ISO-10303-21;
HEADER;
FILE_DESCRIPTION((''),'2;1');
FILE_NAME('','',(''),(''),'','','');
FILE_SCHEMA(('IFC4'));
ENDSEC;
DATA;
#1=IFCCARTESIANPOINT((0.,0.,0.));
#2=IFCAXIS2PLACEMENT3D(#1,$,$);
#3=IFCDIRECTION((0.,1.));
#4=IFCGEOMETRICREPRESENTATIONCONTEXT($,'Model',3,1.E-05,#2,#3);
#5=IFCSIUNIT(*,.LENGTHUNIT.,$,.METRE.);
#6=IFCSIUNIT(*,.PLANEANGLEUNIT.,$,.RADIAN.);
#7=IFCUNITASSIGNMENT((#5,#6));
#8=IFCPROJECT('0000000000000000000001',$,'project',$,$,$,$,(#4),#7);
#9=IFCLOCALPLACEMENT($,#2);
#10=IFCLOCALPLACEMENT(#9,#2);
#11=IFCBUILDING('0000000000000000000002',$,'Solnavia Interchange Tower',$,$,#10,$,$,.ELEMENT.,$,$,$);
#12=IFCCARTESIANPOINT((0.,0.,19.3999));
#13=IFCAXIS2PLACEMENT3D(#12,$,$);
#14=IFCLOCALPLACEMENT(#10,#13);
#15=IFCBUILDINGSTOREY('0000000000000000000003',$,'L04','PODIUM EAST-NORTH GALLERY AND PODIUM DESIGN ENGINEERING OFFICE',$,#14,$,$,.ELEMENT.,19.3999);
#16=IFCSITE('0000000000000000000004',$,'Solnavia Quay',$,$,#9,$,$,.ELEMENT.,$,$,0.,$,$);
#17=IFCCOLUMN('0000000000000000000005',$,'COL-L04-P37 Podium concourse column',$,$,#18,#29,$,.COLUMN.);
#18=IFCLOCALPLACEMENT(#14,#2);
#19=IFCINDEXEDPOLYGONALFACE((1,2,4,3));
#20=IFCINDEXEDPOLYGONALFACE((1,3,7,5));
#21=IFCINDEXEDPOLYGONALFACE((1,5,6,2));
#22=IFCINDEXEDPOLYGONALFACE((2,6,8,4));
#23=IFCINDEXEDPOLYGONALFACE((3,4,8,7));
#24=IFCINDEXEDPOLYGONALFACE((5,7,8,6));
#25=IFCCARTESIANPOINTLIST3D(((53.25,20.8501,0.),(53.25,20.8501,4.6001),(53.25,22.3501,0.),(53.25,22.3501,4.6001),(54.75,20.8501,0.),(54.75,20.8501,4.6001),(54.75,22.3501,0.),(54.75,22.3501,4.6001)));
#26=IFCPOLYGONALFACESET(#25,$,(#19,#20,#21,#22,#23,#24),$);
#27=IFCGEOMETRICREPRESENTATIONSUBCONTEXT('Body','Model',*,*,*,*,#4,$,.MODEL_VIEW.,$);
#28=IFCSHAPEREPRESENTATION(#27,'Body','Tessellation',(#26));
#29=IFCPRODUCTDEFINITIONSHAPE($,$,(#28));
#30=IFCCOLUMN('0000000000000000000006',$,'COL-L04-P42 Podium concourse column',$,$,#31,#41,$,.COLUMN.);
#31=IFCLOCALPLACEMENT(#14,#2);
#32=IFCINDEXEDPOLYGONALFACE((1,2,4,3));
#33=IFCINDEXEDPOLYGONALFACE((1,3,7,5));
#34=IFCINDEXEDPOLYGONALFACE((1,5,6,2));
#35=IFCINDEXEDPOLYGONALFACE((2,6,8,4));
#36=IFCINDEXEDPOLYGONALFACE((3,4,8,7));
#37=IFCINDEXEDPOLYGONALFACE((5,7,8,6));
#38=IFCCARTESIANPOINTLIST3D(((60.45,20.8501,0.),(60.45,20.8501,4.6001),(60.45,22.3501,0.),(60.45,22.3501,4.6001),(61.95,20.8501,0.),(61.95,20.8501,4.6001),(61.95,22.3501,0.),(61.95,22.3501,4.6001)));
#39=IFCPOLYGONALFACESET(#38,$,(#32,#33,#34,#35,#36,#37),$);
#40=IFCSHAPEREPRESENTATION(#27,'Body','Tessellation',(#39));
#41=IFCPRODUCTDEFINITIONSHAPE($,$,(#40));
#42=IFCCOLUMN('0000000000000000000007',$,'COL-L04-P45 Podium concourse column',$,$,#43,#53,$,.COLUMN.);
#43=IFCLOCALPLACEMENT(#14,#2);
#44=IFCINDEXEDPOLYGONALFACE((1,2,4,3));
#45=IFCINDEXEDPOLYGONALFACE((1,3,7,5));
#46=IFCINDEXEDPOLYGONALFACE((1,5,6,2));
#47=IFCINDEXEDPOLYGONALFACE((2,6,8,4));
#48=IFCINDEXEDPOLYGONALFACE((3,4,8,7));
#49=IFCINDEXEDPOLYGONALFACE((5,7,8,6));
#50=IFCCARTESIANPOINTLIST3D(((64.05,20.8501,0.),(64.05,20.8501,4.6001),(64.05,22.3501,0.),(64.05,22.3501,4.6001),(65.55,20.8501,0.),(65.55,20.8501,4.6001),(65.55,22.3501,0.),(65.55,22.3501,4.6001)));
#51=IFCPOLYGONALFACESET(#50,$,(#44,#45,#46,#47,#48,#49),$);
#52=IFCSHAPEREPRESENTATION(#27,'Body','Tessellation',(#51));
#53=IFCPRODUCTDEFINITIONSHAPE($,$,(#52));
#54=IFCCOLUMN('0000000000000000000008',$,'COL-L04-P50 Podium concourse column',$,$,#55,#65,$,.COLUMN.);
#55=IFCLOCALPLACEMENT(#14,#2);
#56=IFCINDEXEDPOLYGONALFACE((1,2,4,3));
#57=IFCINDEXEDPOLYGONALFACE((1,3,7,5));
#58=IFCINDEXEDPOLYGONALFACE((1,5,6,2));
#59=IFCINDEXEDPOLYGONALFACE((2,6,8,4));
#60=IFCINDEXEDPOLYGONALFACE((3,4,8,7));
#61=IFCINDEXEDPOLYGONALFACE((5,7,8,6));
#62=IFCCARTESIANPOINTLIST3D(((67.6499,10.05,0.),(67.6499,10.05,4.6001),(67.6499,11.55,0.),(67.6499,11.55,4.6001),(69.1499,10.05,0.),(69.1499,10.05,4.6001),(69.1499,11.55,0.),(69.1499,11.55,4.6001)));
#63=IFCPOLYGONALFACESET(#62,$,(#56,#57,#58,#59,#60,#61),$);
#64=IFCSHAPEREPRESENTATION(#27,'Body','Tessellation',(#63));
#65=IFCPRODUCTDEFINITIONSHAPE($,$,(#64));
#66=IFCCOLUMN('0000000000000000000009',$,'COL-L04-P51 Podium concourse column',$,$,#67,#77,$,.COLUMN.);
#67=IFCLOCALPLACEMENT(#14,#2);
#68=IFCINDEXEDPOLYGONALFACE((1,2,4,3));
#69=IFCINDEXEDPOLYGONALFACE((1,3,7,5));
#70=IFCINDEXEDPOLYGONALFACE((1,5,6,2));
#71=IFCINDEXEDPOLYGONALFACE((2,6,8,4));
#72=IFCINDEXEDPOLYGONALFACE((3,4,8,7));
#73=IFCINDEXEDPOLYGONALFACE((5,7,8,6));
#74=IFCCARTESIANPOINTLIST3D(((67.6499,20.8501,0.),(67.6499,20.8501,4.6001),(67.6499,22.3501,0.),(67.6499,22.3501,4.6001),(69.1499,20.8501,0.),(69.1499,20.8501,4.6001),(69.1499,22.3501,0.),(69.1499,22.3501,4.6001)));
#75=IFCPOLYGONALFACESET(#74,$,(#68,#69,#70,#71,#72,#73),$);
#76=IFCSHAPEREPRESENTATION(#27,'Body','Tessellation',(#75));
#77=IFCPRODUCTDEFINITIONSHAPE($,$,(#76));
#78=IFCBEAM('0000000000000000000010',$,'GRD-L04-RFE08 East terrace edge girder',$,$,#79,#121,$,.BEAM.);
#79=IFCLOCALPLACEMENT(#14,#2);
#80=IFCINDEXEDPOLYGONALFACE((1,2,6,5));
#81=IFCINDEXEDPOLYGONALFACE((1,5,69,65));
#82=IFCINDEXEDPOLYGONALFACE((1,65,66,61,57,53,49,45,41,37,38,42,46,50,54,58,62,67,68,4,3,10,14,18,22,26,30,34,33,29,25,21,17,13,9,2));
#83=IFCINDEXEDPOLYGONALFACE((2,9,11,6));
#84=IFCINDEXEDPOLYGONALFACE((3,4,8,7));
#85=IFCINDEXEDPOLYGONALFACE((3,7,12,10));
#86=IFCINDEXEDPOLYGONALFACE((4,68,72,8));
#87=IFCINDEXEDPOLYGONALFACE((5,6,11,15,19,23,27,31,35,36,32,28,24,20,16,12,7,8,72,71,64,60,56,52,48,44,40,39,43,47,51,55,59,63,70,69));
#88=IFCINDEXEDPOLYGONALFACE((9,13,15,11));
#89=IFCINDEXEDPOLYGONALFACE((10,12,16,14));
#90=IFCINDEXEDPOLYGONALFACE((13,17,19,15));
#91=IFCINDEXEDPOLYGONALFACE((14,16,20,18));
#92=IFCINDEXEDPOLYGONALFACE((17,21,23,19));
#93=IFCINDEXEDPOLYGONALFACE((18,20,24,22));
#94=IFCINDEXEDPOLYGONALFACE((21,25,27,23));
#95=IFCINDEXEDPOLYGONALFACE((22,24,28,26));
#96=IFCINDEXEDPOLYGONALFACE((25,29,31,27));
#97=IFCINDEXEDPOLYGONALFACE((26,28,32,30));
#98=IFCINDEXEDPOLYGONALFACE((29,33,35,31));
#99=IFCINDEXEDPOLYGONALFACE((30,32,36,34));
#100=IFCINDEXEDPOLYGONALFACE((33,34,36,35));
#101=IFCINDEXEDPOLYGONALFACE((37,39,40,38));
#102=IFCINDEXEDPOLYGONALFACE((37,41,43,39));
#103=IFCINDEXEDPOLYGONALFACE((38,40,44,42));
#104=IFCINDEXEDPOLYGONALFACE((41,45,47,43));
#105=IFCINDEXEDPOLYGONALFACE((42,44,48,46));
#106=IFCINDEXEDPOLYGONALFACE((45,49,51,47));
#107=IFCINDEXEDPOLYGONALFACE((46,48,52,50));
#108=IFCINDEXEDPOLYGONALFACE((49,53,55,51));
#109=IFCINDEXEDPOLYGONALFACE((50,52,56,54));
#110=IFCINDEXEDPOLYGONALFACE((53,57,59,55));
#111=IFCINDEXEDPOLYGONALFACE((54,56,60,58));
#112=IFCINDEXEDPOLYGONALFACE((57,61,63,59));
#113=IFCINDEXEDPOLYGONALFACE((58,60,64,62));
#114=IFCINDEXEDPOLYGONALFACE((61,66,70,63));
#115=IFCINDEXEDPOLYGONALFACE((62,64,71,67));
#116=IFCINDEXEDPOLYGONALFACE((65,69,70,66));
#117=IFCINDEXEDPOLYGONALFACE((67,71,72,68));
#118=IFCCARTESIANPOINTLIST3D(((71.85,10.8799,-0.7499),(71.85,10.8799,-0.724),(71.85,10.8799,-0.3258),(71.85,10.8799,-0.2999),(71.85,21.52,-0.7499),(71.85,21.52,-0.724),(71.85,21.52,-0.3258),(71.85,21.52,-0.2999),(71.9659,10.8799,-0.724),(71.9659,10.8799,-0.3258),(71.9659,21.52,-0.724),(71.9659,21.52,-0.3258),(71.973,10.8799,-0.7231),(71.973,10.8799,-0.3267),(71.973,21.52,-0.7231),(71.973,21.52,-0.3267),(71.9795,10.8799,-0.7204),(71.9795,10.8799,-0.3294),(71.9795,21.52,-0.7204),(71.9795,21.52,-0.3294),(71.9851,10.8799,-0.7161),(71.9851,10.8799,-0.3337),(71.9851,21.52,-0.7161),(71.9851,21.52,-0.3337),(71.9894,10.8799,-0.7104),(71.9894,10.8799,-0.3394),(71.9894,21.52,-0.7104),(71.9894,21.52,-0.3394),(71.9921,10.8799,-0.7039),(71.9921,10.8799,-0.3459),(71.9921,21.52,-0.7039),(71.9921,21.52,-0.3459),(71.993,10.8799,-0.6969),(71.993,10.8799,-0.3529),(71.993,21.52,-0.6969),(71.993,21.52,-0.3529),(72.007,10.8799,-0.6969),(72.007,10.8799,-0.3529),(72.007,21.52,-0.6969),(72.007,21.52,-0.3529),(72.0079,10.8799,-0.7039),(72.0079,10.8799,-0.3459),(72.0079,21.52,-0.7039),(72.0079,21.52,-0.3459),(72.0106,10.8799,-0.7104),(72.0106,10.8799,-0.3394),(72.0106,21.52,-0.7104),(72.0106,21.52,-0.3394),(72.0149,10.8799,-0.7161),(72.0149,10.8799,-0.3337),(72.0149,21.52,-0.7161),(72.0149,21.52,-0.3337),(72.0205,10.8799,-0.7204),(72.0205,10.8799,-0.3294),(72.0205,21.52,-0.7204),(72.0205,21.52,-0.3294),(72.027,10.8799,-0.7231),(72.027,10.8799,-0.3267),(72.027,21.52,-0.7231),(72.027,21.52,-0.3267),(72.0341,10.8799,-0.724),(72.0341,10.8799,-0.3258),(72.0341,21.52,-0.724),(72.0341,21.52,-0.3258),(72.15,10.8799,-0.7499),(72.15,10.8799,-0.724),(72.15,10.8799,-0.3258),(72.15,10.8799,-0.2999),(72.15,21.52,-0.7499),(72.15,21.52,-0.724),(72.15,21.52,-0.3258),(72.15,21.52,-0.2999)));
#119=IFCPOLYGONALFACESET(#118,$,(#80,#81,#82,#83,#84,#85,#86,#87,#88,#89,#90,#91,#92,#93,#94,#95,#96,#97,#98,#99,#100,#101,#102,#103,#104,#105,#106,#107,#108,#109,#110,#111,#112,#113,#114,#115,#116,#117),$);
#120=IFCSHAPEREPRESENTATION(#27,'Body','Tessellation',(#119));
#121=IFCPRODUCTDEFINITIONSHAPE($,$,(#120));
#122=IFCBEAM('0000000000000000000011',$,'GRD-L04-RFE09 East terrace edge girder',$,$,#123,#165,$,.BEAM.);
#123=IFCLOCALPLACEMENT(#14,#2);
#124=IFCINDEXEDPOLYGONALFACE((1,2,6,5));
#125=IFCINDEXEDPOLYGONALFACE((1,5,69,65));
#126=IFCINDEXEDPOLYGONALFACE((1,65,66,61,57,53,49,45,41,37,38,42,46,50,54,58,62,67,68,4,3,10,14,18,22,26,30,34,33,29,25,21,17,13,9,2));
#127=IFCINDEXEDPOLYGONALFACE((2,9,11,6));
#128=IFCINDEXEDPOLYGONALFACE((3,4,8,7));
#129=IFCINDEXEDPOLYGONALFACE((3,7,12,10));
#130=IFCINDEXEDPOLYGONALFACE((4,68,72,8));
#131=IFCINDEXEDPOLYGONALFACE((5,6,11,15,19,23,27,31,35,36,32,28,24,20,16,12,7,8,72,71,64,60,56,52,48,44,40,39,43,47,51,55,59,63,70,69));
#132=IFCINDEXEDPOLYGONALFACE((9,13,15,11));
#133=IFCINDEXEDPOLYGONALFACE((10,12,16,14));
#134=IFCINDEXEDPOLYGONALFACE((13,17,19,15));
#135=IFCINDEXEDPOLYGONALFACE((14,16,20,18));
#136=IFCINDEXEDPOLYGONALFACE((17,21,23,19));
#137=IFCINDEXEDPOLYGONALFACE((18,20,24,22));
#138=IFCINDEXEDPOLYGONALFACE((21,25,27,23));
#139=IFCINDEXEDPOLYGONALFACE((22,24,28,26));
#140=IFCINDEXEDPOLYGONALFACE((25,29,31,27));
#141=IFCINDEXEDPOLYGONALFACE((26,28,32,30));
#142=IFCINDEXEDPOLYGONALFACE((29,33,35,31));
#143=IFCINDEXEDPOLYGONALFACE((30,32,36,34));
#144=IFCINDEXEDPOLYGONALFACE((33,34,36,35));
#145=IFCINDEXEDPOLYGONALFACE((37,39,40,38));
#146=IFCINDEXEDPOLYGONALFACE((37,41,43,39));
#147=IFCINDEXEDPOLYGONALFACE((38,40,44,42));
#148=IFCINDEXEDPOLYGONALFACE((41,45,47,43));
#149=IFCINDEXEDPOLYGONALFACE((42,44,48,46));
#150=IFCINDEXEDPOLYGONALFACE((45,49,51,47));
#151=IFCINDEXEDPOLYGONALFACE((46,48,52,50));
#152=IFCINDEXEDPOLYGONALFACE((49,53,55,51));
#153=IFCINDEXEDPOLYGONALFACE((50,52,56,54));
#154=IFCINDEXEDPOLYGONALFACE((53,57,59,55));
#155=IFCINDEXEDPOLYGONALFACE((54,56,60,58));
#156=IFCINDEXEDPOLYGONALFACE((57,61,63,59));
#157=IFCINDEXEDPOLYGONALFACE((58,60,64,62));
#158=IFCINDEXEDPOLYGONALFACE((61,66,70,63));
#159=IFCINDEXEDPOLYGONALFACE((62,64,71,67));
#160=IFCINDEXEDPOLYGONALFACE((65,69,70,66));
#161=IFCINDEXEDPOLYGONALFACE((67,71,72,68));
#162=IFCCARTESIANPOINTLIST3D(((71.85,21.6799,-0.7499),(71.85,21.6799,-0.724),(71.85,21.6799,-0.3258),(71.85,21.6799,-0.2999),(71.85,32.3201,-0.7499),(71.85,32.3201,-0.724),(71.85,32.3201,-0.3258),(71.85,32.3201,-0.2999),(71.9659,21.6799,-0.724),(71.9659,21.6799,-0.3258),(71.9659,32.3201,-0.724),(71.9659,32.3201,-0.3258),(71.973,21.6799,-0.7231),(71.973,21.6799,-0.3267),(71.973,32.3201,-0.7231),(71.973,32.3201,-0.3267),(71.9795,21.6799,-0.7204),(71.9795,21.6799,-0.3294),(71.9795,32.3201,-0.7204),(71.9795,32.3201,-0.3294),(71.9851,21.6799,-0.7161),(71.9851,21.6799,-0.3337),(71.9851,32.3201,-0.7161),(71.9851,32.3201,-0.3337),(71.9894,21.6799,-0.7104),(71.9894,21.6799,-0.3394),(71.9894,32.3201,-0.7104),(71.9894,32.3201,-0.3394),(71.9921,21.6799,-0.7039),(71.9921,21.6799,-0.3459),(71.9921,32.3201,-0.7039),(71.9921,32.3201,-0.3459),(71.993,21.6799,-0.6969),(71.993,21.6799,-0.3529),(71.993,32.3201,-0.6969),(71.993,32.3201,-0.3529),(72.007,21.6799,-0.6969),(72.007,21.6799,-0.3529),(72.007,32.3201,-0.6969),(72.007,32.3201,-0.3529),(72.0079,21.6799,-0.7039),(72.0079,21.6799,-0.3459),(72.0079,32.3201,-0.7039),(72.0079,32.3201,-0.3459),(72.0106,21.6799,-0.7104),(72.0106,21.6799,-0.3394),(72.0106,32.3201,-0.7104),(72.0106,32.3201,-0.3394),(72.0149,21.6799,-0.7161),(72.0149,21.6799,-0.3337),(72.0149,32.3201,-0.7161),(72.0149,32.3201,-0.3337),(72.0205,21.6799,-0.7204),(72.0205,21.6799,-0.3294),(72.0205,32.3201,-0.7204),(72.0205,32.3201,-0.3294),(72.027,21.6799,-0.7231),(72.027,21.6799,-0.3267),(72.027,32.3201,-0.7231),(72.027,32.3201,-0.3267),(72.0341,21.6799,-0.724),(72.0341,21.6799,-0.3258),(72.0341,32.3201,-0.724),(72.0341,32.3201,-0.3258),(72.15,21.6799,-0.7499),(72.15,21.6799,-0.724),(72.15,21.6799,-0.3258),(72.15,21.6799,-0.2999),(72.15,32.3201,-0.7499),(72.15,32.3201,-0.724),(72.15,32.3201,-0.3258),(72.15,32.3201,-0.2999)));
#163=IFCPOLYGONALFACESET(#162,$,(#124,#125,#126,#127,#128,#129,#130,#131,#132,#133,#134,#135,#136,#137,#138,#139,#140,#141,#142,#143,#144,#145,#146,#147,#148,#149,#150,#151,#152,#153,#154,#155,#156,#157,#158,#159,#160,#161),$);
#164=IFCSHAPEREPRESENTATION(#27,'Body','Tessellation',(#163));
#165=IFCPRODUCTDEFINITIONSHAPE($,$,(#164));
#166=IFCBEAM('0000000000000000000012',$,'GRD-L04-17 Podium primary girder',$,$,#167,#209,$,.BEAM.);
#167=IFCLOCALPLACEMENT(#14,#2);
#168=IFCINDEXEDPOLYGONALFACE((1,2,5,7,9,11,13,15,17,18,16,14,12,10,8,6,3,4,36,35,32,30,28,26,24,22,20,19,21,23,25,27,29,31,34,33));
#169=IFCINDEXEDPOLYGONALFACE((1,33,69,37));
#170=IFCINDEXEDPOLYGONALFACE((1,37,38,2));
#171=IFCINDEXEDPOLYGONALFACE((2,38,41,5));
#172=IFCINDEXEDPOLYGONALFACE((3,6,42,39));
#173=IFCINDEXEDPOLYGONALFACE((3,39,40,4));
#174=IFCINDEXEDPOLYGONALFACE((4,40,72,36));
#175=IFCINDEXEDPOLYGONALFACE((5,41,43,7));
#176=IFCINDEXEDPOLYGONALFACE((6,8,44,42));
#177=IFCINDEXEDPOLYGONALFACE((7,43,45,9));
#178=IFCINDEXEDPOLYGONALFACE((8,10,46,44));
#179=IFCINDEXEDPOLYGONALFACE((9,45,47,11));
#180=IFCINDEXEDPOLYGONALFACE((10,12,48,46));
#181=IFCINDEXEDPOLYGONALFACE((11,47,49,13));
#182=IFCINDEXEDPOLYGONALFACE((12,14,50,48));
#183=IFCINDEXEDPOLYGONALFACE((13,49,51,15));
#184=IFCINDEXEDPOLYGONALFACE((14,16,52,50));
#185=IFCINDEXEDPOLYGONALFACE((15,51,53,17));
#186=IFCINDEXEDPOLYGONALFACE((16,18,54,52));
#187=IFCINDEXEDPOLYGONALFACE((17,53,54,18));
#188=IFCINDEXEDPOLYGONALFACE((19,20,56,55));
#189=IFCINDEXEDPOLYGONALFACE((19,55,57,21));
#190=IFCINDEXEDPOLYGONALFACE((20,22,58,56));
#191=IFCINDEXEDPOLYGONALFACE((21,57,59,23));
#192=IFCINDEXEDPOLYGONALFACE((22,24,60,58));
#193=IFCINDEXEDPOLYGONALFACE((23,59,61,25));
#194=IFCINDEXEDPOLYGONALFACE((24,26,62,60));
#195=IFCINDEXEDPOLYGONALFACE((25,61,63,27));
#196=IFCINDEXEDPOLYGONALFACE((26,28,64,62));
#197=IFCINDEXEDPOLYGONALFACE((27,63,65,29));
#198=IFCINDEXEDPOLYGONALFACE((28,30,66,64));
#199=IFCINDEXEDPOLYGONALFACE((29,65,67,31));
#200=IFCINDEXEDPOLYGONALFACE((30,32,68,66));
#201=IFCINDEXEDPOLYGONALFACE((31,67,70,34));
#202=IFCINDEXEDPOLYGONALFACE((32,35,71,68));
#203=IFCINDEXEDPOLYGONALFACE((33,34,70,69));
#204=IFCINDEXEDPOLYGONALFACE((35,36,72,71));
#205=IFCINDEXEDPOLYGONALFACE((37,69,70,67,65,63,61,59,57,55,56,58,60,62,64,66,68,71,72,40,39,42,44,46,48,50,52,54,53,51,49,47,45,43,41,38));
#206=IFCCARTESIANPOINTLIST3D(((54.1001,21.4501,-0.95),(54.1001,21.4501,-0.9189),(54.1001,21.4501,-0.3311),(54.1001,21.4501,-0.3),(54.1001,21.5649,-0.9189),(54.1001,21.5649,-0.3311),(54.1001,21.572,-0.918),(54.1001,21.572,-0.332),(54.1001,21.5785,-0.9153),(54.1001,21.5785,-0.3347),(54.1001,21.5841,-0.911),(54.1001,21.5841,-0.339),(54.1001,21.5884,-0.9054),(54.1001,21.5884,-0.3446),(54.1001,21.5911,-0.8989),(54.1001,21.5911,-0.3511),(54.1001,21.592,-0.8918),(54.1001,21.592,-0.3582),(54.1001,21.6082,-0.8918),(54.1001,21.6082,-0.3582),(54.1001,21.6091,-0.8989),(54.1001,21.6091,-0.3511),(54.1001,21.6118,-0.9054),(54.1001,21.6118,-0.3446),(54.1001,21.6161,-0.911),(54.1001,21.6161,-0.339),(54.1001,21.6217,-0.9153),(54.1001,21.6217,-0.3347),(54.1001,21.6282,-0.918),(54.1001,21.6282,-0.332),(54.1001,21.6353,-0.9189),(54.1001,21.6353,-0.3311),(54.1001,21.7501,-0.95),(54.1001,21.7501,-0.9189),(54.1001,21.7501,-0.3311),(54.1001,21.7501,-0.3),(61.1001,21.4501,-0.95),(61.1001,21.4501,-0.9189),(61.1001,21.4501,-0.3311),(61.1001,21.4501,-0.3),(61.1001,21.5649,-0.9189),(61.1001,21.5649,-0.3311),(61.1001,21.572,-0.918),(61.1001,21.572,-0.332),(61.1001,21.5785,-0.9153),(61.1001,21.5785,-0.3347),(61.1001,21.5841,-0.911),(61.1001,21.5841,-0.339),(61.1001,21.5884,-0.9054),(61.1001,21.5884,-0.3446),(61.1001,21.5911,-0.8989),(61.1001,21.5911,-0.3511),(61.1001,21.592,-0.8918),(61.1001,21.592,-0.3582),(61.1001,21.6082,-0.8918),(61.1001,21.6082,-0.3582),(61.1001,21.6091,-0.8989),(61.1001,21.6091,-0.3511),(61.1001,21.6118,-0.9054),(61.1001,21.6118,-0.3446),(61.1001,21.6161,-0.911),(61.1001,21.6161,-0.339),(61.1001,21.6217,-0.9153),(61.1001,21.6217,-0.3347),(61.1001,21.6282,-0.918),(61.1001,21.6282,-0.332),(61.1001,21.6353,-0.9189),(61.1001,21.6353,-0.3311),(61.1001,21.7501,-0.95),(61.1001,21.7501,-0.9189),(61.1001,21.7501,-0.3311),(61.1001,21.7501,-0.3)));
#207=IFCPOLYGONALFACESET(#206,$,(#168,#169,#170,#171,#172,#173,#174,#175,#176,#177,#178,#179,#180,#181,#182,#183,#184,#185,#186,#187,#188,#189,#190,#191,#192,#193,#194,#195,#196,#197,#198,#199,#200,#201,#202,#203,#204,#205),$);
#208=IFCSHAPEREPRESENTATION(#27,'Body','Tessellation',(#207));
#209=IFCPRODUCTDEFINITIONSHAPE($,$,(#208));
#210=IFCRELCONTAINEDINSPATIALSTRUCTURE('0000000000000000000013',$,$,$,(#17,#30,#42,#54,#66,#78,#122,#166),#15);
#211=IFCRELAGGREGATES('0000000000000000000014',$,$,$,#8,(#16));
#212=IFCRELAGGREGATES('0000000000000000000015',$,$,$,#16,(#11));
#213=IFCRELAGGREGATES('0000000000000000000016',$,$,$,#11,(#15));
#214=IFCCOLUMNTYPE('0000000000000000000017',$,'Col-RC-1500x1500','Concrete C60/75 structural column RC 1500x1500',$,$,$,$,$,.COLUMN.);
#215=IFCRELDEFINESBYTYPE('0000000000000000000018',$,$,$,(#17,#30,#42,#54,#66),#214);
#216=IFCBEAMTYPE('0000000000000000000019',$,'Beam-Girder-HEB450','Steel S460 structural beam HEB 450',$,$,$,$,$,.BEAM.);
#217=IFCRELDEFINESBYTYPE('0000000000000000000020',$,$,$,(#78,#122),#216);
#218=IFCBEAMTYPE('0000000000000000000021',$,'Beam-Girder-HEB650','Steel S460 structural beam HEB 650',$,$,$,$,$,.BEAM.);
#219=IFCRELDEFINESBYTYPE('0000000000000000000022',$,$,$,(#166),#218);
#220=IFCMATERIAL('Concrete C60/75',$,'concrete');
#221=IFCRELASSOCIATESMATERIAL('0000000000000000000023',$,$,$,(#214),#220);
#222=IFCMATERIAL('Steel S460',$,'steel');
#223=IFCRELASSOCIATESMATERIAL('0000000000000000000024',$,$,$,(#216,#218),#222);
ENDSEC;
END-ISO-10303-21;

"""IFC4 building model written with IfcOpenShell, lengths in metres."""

from ifc_helpers import new_model, si_unit, direction, frame, origin, origin_2d, place, context, subcontext, project, spatial, rectangle, i_section, extrude, material, material_profile, profile_set, type_object, element, save


model = new_model("IFC4")

# Units and contexts
model_context = context("Model", 3, precision=1e-05, world=origin(), true_north=direction((0.0, 1.0)))
body_context = subcontext(model_context, "Body", "Model", "MODEL_VIEW")
ifc_project = project(units=[si_unit("LENGTHUNIT", "METRE"), si_unit("PLANEANGLEUNIT", "RADIAN")], contexts=[model_context])

# Site, building, storey
site_placement = place(None, origin())
site = spatial("IfcSite", under=ifc_project, at=site_placement, Name="Solnavia Quay", CompositionType="ELEMENT", RefElevation=0.0)
building_placement = place(site_placement, origin())
building = spatial("IfcBuilding", under=site, at=building_placement, Name="Solnavia Interchange Tower", CompositionType="ELEMENT")
storey_placement = place(building_placement, frame((0.0, 0.0, 19.3999)))
storey = spatial("IfcBuildingStorey", under=building, at=storey_placement, Name="L04", Description="PODIUM EAST-NORTH GALLERY AND PODIUM DESIGN ENGINEERING OFFICE", CompositionType="ELEMENT", Elevation=19.3999)

# Columns
ifc_material_1 = material(Name="Concrete C60/75", Category="concrete")
ifc_material_profile_1 = material_profile(ifc_material_1, rectangle(XDim=1.5, YDim=1.5, at=origin_2d()), Name="RC 1500x1500")
ifc_profile_set_1 = profile_set([ifc_material_profile_1], Name="Concrete C60/75")
column_type = type_object("IfcColumnType", Name="Col-RC-1500x1500", Description="Concrete C60/75 structural column RC 1500x1500", PredefinedType="COLUMN", material=ifc_profile_set_1)
for number, where, z_axis, x_axis, name in (
    (1, (54.0, 21.6001, 0.0), (0.0, 0.0, 1.0), (1.0, 0.0, 0.0), "COL-L04-P37 Podium concourse column"),
    (2, (61.2, 21.6001, 0.0), (0.0, 0.0, 1.0), (1.0, 0.0, 0.0), "COL-L04-P42 Podium concourse column"),
    (3, (64.8, 21.6001, 0.0), (0.0, 0.0, 1.0), (1.0, 0.0, 0.0), "COL-L04-P45 Podium concourse column"),
    (4, (68.3999, 10.8, 0.0), (0.0, 0.0, 1.0), (1.0, 0.0, 0.0), "COL-L04-P50 Podium concourse column"),
    (5, (68.3999, 21.6001, 0.0), (0.0, 0.0, 1.0), (1.0, 0.0, 0.0), "COL-L04-P51 Podium concourse column"),
):
    element("IfcColumn", number, at=place(storey_placement, frame(where, z_axis=z_axis, x_axis=x_axis)), inside=storey, type_object=column_type, Name=name, PredefinedType="COLUMN", context=body_context, shape_type="SweptSolid", body=[
        extrude(rectangle(XDim=1.5, YDim=1.5, at=origin_2d()), origin(), (0.0, 0.0, 1.0), 4.6001),
    ])

# Beams
ifc_material_2 = material(Name="Steel S460", Category="steel")
ifc_material_profile_2 = material_profile(ifc_material_2, i_section(OverallWidth=0.3, OverallDepth=0.45, WebThickness=0.0139, FlangeThickness=0.0259, FilletRadius=0.0271, at=origin_2d()), Name="HEB 450")
ifc_profile_set_2 = profile_set([ifc_material_profile_2], Name="Steel S460")
beam_type_1 = type_object("IfcBeamType", Name="Beam-Girder-HEB450", Description="Steel S460 structural beam HEB 450", PredefinedType="BEAM", material=ifc_profile_set_2)
for number, where, z_axis, x_axis, name in (
    (6, (72.0, 10.8799, -0.5249), (0.0, 1.0, 0.0), (-1.0, 0.0, 0.0), "GRD-L04-RFE08 East terrace edge girder"),
    (7, (72.0, 21.6799, -0.5249), (0.0, 1.0, 0.0), (-1.0, 0.0, 0.0), "GRD-L04-RFE09 East terrace edge girder"),
):
    element("IfcBeam", number, at=place(storey_placement, frame(where, z_axis=z_axis, x_axis=x_axis)), inside=storey, type_object=beam_type_1, Name=name, PredefinedType="BEAM", context=body_context, shape_type="SweptSolid", body=[
        extrude(i_section(OverallWidth=0.3, OverallDepth=0.45, WebThickness=0.0139, FlangeThickness=0.0259, FilletRadius=0.0271, at=origin_2d()), origin(), (0.0, 0.0, 1.0), 10.6401),
    ])
ifc_material_profile_3 = material_profile(ifc_material_2, i_section(OverallWidth=0.3, OverallDepth=0.6499, WebThickness=0.0161, FlangeThickness=0.031, FilletRadius=0.0271, at=origin_2d()), Name="HEB 650")
ifc_profile_set_3 = profile_set([ifc_material_profile_3], Name="Steel S460")
beam_type_2 = type_object("IfcBeamType", Name="Beam-Girder-HEB650", Description="Steel S460 structural beam HEB 650", PredefinedType="BEAM", material=ifc_profile_set_3)
beam_1_placement = place(storey_placement, frame((54.1001, 21.6001, -0.625), z_axis=(1.0, 0.0, 0.0), x_axis=(0.0, 1.0, 0.0)))
element("IfcBeam", 8, at=beam_1_placement, inside=storey, type_object=beam_type_2, Name="GRD-L04-17 Podium primary girder", PredefinedType="BEAM", context=body_context, shape_type="SweptSolid", body=[
    extrude(i_section(OverallWidth=0.3, OverallDepth=0.6499, WebThickness=0.0161, FlangeThickness=0.031, FilletRadius=0.0271, at=origin_2d()), origin(), (0.0, 0.0, 1.0), 7.0),
])

save(model, "model.ifc")
